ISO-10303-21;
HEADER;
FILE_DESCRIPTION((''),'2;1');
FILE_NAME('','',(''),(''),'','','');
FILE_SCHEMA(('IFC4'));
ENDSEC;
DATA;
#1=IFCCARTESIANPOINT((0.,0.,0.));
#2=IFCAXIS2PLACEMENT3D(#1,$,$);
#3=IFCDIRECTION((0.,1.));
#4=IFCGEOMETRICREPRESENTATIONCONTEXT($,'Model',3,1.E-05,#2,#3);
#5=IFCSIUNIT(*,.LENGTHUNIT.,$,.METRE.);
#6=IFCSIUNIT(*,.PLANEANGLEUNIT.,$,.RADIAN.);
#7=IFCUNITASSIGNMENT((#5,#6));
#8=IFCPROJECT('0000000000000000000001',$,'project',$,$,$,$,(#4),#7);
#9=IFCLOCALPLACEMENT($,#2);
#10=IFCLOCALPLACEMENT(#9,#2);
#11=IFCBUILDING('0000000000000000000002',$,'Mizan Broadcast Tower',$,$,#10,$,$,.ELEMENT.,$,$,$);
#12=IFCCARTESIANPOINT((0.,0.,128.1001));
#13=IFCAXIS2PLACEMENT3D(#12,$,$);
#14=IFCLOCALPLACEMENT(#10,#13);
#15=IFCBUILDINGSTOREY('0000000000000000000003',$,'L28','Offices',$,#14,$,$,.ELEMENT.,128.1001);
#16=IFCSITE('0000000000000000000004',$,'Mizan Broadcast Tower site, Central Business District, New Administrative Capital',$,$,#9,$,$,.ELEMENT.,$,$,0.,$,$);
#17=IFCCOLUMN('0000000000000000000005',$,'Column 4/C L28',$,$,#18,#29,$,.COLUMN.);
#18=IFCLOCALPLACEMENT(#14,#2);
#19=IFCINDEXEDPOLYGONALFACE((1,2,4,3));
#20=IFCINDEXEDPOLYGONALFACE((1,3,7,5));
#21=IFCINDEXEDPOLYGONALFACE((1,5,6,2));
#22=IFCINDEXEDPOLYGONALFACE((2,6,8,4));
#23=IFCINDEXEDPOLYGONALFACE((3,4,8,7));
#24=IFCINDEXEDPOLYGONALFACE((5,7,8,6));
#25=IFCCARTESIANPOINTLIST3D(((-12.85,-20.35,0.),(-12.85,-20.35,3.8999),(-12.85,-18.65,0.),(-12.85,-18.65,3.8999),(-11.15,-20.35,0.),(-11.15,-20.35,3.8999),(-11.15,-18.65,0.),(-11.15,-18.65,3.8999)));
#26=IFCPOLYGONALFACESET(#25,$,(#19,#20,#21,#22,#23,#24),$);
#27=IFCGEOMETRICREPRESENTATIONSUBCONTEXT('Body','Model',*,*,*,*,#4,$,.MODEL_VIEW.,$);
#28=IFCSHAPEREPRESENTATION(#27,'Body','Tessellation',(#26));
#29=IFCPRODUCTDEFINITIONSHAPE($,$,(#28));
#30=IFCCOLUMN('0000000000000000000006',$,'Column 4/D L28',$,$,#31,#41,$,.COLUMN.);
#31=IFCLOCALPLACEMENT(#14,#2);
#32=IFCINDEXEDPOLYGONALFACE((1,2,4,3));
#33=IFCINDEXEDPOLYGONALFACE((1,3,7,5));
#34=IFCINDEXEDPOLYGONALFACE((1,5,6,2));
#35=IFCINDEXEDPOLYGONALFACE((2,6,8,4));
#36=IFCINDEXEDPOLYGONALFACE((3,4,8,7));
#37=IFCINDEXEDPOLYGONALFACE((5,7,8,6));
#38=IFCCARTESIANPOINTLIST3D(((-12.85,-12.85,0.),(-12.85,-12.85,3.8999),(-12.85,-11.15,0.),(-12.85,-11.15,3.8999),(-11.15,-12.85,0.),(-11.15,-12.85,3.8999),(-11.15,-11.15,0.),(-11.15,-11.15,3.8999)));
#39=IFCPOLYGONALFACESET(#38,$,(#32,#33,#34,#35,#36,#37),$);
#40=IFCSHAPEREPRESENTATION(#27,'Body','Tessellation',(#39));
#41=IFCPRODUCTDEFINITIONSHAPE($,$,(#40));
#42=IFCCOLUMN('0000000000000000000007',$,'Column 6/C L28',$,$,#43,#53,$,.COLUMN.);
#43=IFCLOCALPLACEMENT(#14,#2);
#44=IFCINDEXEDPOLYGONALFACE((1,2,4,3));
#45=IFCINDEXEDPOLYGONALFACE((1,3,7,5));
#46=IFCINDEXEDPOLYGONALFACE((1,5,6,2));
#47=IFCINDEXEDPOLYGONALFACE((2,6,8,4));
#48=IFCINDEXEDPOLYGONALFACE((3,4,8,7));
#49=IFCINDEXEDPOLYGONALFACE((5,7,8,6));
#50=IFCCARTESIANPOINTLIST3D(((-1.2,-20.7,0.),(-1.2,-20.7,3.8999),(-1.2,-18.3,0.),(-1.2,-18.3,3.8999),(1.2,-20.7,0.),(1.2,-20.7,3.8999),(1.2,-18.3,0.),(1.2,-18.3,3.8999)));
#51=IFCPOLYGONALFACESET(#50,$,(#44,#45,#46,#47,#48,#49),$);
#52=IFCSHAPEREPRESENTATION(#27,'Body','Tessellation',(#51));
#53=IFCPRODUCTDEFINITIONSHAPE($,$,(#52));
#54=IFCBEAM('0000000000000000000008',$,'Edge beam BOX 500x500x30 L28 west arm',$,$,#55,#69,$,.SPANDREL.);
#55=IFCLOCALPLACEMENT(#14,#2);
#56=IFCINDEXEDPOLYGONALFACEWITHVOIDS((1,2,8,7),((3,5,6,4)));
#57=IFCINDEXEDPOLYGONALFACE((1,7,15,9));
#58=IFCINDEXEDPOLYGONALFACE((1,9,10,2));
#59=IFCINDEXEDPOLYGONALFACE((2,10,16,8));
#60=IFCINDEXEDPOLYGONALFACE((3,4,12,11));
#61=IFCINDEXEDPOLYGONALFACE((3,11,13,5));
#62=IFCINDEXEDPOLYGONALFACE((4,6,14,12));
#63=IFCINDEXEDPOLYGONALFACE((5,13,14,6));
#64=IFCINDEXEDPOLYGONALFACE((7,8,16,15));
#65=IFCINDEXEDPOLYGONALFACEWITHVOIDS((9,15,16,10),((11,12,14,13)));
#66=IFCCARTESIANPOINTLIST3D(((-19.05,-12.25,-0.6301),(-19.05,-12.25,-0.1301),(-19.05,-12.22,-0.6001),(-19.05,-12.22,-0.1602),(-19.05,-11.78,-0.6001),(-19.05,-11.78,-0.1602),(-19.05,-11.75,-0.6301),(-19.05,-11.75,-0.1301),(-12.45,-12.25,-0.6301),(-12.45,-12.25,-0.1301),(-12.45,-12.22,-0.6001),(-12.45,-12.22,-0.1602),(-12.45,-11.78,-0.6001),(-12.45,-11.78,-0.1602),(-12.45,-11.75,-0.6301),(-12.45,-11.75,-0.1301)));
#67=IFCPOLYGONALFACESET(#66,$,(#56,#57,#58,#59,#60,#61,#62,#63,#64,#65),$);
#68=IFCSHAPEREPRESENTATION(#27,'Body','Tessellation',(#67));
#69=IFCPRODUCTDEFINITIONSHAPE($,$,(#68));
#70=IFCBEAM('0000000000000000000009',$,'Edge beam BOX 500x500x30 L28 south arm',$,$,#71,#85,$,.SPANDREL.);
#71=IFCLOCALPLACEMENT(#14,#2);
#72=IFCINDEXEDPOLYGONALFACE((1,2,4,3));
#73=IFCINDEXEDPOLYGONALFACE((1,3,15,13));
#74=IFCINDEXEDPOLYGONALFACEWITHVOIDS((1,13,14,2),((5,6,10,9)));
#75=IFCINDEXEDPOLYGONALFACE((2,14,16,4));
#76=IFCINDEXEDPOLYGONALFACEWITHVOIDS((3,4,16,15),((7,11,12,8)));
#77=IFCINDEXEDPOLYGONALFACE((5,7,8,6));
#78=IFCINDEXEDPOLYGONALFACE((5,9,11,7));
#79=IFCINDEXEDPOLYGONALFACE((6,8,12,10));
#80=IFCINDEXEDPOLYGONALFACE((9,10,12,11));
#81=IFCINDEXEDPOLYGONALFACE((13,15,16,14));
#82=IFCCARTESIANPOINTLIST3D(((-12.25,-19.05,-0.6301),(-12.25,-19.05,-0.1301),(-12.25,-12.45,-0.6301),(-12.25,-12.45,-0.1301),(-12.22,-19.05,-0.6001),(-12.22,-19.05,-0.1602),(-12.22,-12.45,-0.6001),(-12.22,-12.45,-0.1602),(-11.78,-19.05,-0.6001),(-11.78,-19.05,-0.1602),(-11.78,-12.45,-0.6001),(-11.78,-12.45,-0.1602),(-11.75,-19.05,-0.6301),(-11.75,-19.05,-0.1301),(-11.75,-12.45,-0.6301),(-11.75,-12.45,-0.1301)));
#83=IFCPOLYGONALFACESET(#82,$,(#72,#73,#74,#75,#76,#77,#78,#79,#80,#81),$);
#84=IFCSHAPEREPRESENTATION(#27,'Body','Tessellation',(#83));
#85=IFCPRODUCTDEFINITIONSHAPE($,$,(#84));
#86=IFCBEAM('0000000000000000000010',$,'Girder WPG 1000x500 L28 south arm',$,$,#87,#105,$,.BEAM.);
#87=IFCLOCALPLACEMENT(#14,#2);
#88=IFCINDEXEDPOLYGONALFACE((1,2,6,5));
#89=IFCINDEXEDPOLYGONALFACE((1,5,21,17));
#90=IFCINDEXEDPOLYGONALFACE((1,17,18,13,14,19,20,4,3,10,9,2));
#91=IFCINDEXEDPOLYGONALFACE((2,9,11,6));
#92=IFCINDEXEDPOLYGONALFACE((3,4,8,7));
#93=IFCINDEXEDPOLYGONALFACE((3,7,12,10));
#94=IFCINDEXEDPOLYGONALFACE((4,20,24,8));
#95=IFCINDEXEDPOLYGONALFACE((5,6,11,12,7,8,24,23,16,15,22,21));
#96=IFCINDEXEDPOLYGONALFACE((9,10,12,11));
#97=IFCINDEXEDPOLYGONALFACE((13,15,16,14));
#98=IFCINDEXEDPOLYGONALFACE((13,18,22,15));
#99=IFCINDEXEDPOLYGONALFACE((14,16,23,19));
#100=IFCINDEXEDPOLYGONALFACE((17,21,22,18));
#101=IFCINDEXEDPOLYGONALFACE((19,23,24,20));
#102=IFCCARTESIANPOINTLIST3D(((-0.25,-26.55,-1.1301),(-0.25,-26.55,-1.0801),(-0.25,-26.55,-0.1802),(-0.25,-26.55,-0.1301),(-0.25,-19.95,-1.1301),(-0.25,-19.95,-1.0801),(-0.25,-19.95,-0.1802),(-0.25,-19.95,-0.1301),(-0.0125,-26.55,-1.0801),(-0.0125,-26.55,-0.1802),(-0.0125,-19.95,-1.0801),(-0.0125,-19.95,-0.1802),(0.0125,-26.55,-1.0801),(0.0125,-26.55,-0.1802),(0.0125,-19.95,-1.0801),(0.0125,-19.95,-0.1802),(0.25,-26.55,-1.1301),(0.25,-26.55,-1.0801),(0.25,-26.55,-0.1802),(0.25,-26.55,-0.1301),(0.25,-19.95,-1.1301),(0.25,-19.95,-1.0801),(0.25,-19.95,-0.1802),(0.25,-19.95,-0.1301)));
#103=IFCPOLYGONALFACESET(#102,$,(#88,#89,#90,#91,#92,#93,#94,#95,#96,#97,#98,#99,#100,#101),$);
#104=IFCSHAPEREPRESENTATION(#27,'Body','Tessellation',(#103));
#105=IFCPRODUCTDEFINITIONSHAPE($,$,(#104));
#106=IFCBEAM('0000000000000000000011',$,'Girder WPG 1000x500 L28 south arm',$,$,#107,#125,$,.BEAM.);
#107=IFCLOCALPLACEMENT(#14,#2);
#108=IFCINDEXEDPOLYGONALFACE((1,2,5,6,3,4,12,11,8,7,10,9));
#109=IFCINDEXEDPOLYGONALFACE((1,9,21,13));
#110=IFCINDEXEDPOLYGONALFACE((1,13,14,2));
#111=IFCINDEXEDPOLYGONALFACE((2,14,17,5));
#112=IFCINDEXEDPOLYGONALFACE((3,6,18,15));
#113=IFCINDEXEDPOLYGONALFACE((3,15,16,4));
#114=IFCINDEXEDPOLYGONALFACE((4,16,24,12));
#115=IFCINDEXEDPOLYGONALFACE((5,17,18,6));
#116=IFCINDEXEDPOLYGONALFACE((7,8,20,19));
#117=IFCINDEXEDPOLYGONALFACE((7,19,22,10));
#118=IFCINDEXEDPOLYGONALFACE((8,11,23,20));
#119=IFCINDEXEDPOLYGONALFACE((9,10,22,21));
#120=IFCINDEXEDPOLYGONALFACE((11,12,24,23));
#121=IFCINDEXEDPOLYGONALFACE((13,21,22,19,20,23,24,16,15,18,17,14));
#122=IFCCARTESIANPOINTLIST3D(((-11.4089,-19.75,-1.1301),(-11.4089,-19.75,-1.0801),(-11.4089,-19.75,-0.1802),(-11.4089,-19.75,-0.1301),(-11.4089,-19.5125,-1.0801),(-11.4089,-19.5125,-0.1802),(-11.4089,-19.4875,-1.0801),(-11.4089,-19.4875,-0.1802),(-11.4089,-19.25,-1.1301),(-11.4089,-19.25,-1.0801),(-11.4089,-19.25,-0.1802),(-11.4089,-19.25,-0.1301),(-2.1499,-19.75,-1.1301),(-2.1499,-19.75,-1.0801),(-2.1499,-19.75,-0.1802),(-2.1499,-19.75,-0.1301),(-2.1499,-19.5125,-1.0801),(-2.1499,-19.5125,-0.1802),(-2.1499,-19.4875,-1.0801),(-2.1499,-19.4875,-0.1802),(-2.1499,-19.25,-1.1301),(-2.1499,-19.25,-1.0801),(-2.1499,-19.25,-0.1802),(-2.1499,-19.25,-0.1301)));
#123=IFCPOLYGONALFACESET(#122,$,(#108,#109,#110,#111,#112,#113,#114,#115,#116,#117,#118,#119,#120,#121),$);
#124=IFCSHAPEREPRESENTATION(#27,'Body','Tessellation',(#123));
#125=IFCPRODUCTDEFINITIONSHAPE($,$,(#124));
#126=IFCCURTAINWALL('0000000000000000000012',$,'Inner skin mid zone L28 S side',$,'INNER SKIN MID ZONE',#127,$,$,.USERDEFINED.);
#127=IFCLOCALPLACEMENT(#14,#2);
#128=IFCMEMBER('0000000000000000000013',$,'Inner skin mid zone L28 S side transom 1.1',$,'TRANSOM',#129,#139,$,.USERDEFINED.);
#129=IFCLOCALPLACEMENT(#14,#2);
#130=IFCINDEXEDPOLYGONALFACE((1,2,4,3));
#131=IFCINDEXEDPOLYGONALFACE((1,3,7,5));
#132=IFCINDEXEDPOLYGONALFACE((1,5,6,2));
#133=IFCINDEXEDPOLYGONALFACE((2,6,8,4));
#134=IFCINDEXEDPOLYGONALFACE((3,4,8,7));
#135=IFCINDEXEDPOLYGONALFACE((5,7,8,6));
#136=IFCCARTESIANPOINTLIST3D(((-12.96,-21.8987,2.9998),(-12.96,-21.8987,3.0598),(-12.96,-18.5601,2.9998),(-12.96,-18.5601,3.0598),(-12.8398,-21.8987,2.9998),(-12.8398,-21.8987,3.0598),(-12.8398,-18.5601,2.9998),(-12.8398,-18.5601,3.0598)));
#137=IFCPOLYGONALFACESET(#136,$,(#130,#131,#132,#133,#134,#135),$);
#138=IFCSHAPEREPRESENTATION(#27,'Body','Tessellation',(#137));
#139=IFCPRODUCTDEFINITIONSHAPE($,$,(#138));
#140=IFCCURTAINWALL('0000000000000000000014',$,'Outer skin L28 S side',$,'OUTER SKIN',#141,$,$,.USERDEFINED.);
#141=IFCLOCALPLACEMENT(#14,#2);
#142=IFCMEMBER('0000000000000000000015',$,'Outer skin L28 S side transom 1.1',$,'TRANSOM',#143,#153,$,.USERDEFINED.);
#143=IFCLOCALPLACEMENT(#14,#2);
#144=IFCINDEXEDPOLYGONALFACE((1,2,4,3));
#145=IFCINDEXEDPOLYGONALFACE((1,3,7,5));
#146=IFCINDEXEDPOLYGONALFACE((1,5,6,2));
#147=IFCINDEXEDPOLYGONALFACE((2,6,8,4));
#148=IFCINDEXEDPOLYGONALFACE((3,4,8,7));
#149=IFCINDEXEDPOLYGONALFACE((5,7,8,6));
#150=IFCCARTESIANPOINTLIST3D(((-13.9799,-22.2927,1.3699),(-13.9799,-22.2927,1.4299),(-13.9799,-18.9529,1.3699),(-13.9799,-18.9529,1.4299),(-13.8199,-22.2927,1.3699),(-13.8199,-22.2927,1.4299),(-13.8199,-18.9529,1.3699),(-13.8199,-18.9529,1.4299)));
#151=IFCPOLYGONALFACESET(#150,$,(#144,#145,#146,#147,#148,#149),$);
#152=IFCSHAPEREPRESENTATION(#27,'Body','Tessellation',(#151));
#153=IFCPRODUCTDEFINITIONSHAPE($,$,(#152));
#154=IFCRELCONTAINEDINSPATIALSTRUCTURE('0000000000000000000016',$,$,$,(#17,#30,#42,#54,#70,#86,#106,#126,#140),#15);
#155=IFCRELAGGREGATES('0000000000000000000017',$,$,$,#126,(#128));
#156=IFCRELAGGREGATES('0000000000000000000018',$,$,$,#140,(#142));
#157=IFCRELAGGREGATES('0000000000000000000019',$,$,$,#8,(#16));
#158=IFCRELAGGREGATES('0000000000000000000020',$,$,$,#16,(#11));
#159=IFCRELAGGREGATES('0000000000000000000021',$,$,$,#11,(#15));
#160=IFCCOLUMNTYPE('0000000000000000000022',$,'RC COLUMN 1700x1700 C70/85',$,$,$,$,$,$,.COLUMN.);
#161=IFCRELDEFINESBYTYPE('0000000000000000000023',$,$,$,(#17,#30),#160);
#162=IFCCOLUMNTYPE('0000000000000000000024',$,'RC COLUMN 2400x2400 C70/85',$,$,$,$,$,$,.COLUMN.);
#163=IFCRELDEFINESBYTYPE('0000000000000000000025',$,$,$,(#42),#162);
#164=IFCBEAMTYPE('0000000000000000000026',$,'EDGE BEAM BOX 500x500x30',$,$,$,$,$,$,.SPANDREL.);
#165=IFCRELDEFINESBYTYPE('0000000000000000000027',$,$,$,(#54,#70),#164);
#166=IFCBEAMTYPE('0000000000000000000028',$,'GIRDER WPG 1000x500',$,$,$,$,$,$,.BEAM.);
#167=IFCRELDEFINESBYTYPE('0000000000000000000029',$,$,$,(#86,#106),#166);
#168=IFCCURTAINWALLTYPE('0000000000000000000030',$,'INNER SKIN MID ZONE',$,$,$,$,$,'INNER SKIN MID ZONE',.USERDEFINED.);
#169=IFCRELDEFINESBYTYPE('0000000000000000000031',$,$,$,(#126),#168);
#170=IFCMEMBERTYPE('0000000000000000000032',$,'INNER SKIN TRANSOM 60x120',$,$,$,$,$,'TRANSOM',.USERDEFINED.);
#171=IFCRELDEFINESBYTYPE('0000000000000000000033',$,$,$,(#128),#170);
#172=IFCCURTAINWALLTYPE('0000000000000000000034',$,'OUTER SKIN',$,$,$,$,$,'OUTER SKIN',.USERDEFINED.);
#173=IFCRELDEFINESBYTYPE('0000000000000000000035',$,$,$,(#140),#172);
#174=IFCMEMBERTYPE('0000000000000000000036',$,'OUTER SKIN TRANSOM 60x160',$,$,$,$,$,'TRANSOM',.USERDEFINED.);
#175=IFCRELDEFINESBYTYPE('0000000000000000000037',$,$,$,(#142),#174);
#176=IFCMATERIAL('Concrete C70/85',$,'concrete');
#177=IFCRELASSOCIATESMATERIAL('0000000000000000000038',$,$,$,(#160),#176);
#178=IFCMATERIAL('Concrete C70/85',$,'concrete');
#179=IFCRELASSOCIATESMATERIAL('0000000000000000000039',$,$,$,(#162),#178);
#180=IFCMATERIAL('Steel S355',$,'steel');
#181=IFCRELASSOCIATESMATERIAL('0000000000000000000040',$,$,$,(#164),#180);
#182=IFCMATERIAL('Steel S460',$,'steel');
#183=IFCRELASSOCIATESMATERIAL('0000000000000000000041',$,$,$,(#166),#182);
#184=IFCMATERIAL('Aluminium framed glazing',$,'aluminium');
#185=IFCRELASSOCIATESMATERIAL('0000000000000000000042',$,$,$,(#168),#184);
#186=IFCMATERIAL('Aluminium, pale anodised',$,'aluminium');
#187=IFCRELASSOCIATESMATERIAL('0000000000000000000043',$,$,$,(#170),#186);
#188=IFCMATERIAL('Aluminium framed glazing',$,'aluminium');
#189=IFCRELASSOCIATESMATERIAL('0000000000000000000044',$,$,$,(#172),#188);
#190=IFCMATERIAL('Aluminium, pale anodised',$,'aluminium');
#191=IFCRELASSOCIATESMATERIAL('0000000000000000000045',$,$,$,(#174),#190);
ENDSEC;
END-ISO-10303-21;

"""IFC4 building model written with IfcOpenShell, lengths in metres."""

from ifc_helpers import new_model, si_unit, direction, frame, origin, origin_2d, place, context, subcontext, project, spatial, rectangle, hollow_rectangle, i_section, extrude, material, material_profile, profile_set, type_object, element, aggregate, save


model = new_model("IFC4")

# Units and contexts
model_context = context("Model", 3, precision=1e-05, world=origin(), true_north=direction((0.0, 1.0)))
body_context = subcontext(model_context, "Body", "Model", "MODEL_VIEW")
ifc_project = project(units=[si_unit("LENGTHUNIT", "METRE"), si_unit("PLANEANGLEUNIT", "RADIAN")], contexts=[model_context])

# Site, building, storey
site_placement = place(None, origin())
site = spatial("IfcSite", under=ifc_project, at=site_placement, Name="Mizan Broadcast Tower site, Central Business District, New Administrative Capital", CompositionType="ELEMENT", RefElevation=0.0)
building_placement = place(site_placement, origin())
building = spatial("IfcBuilding", under=site, at=building_placement, Name="Mizan Broadcast Tower", CompositionType="ELEMENT")
storey_placement = place(building_placement, frame((0.0, 0.0, 128.1001)))
storey = spatial("IfcBuildingStorey", under=building, at=storey_placement, Name="L28", Description="Offices", CompositionType="ELEMENT", Elevation=128.1001)

# Columns
ifc_material_1 = material(Name="Concrete C70/85", Category="concrete")
ifc_material_profile_1 = material_profile(ifc_material_1, rectangle(XDim=1.7, YDim=1.7, at=origin_2d()), Name="RC 1700x1700")
ifc_profile_set_1 = profile_set([ifc_material_profile_1], Name="Concrete C70/85")
column_type_1 = type_object("IfcColumnType", Name="RC COLUMN 1700x1700 C70/85", PredefinedType="COLUMN", material=ifc_profile_set_1)
for number, where, z_axis, x_axis, name in (
    (1, (-12.0, -19.5, 0.0), (0.0, 0.0, 1.0), (1.0, 0.0, 0.0), "Column 4/C L28"),
    (2, (-12.0, -12.0, 0.0), (0.0, 0.0, 1.0), (1.0, 0.0, 0.0), "Column 4/D L28"),
):
    element("IfcColumn", number, at=place(storey_placement, frame(where, z_axis=z_axis, x_axis=x_axis)), inside=storey, type_object=column_type_1, Name=name, PredefinedType="COLUMN", context=body_context, shape_type="SweptSolid", body=[
        extrude(rectangle(XDim=1.7, YDim=1.7, at=origin_2d()), origin(), (0.0, 0.0, 1.0), 3.8999),
    ])
ifc_material_2 = material(Name="Concrete C70/85", Category="concrete")
ifc_material_profile_2 = material_profile(ifc_material_2, rectangle(XDim=2.3999, YDim=2.3999, at=origin_2d()), Name="RC 2400x2400")
ifc_profile_set_2 = profile_set([ifc_material_profile_2], Name="Concrete C70/85")
column_type_2 = type_object("IfcColumnType", Name="RC COLUMN 2400x2400 C70/85", PredefinedType="COLUMN", material=ifc_profile_set_2)
column_placement = place(storey_placement, frame((0.0, -19.5, 0.0), z_axis=(0.0, 0.0, 1.0), x_axis=(1.0, 0.0, 0.0)))
element("IfcColumn", 3, at=column_placement, inside=storey, type_object=column_type_2, Name="Column 6/C L28", PredefinedType="COLUMN", context=body_context, shape_type="SweptSolid", body=[
    extrude(rectangle(XDim=2.3999, YDim=2.3999, at=origin_2d()), origin(), (0.0, 0.0, 1.0), 3.8999),
])

# Beams
ifc_material_3 = material(Name="Steel S355", Category="steel")
ifc_material_profile_3 = material_profile(ifc_material_3, hollow_rectangle(XDim=0.5, YDim=0.5, WallThickness=0.03, at=origin_2d()), Name="BOX 500x500x30")
ifc_profile_set_3 = profile_set([ifc_material_profile_3], Name="Steel S355")
beam_type_1 = type_object("IfcBeamType", Name="EDGE BEAM BOX 500x500x30", PredefinedType="SPANDREL", material=ifc_profile_set_3)
for number, where, z_axis, x_axis, name in (
    (4, (-12.45, -12.0, -0.3801), (-1.0, 0.0, 0.0), (0.0, -1.0, 0.0), "Edge beam BOX 500x500x30 L28 west arm"),
    (5, (-12.0, -12.45, -0.3801), (0.0, -1.0, 0.0), (1.0, 0.0, 0.0), "Edge beam BOX 500x500x30 L28 south arm"),
):
    element("IfcBeam", number, at=place(storey_placement, frame(where, z_axis=z_axis, x_axis=x_axis)), inside=storey, type_object=beam_type_1, Name=name, PredefinedType="SPANDREL", context=body_context, shape_type="SweptSolid", body=[
        extrude(hollow_rectangle(XDim=0.5, YDim=0.5, WallThickness=0.03, at=origin_2d()), origin(), (0.0, 0.0, 1.0), 6.6001),
    ])
ifc_material_4 = material(Name="Steel S460", Category="steel")
ifc_material_profile_4 = material_profile(ifc_material_4, i_section(OverallWidth=0.5, OverallDepth=1.0, WebThickness=0.0249, FlangeThickness=0.05, at=origin_2d()), Name="WPG 1000x500")
ifc_profile_set_4 = profile_set([ifc_material_profile_4], Name="Steel S460")
beam_type_2 = type_object("IfcBeamType", Name="GIRDER WPG 1000x500", PredefinedType="BEAM", material=ifc_profile_set_4)
beam_1_placement = place(storey_placement, frame((0.0, -19.95, -0.6301), z_axis=(0.0, -1.0, 0.0), x_axis=(1.0, 0.0, 0.0)))
element("IfcBeam", 6, at=beam_1_placement, inside=storey, type_object=beam_type_2, Name="Girder WPG 1000x500 L28 south arm", PredefinedType="BEAM", context=body_context, shape_type="SweptSolid", body=[
    extrude(i_section(OverallWidth=0.5, OverallDepth=1.0, WebThickness=0.0249, FlangeThickness=0.05, at=origin_2d()), origin(), (0.0, 0.0, 1.0), 6.6001),
])
beam_2_placement = place(storey_placement, frame((-11.4089, -19.5, -0.6301), z_axis=(1.0, 0.0, 0.0), x_axis=(0.0, 1.0, 0.0)))
element("IfcBeam", 7, at=beam_2_placement, inside=storey, type_object=beam_type_2, Name="Girder WPG 1000x500 L28 south arm", PredefinedType="BEAM", context=body_context, shape_type="SweptSolid", body=[
    extrude(i_section(OverallWidth=0.5, OverallDepth=1.0, WebThickness=0.0249, FlangeThickness=0.05, at=origin_2d()), origin(), (0.0, 0.0, 1.0), 9.259),
])

# Curtain walls, members
ifc_material_5 = material(Name="Aluminium framed glazing", Category="aluminium")
curtain_wall_type_1 = type_object("IfcCurtainWallType", Name="INNER SKIN MID ZONE", ElementType="INNER SKIN MID ZONE", PredefinedType="USERDEFINED", material=ifc_material_5)
curtain_wall_1_placement = place(storey_placement, origin())
curtain_wall_1 = element("IfcCurtainWall", 8, at=curtain_wall_1_placement, inside=storey, type_object=curtain_wall_type_1, Name="Inner skin mid zone L28 S side", ObjectType="INNER SKIN MID ZONE", PredefinedType="USERDEFINED")
ifc_material_6 = material(Name="Aluminium, pale anodised", Category="aluminium")
ifc_material_profile_5 = material_profile(ifc_material_6, rectangle(XDim=0.1201, YDim=0.0601, at=origin_2d()), Name="TRANSOM 120x60")
ifc_profile_set_5 = profile_set([ifc_material_profile_5], Name="Aluminium, pale anodised")
member_type_1 = type_object("IfcMemberType", Name="INNER SKIN TRANSOM 60x120", ElementType="TRANSOM", PredefinedType="USERDEFINED", material=ifc_profile_set_5)
member_1_placement = place(storey_placement, frame((-12.8999, -18.5601, 3.0298), z_axis=(0.0, -1.0, 0.0), x_axis=(1.0, 0.0, 0.0)))
member_1 = element("IfcMember", 9, at=member_1_placement, type_object=member_type_1, Name="Inner skin mid zone L28 S side transom 1.1", ObjectType="TRANSOM", PredefinedType="USERDEFINED", context=body_context, shape_type="SweptSolid", body=[
    extrude(rectangle(XDim=0.1201, YDim=0.0601, at=origin_2d()), origin(), (0.0, 0.0, 1.0), 3.3386),
])
aggregate(curtain_wall_1, [member_1])
ifc_material_7 = material(Name="Aluminium framed glazing", Category="aluminium")
curtain_wall_type_2 = type_object("IfcCurtainWallType", Name="OUTER SKIN", ElementType="OUTER SKIN", PredefinedType="USERDEFINED", material=ifc_material_7)
curtain_wall_2_placement = place(storey_placement, origin())
curtain_wall_2 = element("IfcCurtainWall", 10, at=curtain_wall_2_placement, inside=storey, type_object=curtain_wall_type_2, Name="Outer skin L28 S side", ObjectType="OUTER SKIN", PredefinedType="USERDEFINED")
ifc_material_8 = material(Name="Aluminium, pale anodised", Category="aluminium")
ifc_material_profile_6 = material_profile(ifc_material_8, rectangle(XDim=0.1599, YDim=0.0601, at=origin_2d()), Name="TRANSOM 160x60")
ifc_profile_set_6 = profile_set([ifc_material_profile_6], Name="Aluminium, pale anodised")
member_type_2 = type_object("IfcMemberType", Name="OUTER SKIN TRANSOM 60x160", ElementType="TRANSOM", PredefinedType="USERDEFINED", material=ifc_profile_set_6)
member_2_placement = place(storey_placement, frame((-13.8999, -18.9529, 1.3999), z_axis=(0.0, -1.0, 0.0), x_axis=(1.0, 0.0, 0.0)))
member_2 = element("IfcMember", 11, at=member_2_placement, type_object=member_type_2, Name="Outer skin L28 S side transom 1.1", ObjectType="TRANSOM", PredefinedType="USERDEFINED", context=body_context, shape_type="SweptSolid", body=[
    extrude(rectangle(XDim=0.1599, YDim=0.0601, at=origin_2d()), origin(), (0.0, 0.0, 1.0), 3.3398),
])
aggregate(curtain_wall_2, [member_2])

save(model, "model.ifc")
